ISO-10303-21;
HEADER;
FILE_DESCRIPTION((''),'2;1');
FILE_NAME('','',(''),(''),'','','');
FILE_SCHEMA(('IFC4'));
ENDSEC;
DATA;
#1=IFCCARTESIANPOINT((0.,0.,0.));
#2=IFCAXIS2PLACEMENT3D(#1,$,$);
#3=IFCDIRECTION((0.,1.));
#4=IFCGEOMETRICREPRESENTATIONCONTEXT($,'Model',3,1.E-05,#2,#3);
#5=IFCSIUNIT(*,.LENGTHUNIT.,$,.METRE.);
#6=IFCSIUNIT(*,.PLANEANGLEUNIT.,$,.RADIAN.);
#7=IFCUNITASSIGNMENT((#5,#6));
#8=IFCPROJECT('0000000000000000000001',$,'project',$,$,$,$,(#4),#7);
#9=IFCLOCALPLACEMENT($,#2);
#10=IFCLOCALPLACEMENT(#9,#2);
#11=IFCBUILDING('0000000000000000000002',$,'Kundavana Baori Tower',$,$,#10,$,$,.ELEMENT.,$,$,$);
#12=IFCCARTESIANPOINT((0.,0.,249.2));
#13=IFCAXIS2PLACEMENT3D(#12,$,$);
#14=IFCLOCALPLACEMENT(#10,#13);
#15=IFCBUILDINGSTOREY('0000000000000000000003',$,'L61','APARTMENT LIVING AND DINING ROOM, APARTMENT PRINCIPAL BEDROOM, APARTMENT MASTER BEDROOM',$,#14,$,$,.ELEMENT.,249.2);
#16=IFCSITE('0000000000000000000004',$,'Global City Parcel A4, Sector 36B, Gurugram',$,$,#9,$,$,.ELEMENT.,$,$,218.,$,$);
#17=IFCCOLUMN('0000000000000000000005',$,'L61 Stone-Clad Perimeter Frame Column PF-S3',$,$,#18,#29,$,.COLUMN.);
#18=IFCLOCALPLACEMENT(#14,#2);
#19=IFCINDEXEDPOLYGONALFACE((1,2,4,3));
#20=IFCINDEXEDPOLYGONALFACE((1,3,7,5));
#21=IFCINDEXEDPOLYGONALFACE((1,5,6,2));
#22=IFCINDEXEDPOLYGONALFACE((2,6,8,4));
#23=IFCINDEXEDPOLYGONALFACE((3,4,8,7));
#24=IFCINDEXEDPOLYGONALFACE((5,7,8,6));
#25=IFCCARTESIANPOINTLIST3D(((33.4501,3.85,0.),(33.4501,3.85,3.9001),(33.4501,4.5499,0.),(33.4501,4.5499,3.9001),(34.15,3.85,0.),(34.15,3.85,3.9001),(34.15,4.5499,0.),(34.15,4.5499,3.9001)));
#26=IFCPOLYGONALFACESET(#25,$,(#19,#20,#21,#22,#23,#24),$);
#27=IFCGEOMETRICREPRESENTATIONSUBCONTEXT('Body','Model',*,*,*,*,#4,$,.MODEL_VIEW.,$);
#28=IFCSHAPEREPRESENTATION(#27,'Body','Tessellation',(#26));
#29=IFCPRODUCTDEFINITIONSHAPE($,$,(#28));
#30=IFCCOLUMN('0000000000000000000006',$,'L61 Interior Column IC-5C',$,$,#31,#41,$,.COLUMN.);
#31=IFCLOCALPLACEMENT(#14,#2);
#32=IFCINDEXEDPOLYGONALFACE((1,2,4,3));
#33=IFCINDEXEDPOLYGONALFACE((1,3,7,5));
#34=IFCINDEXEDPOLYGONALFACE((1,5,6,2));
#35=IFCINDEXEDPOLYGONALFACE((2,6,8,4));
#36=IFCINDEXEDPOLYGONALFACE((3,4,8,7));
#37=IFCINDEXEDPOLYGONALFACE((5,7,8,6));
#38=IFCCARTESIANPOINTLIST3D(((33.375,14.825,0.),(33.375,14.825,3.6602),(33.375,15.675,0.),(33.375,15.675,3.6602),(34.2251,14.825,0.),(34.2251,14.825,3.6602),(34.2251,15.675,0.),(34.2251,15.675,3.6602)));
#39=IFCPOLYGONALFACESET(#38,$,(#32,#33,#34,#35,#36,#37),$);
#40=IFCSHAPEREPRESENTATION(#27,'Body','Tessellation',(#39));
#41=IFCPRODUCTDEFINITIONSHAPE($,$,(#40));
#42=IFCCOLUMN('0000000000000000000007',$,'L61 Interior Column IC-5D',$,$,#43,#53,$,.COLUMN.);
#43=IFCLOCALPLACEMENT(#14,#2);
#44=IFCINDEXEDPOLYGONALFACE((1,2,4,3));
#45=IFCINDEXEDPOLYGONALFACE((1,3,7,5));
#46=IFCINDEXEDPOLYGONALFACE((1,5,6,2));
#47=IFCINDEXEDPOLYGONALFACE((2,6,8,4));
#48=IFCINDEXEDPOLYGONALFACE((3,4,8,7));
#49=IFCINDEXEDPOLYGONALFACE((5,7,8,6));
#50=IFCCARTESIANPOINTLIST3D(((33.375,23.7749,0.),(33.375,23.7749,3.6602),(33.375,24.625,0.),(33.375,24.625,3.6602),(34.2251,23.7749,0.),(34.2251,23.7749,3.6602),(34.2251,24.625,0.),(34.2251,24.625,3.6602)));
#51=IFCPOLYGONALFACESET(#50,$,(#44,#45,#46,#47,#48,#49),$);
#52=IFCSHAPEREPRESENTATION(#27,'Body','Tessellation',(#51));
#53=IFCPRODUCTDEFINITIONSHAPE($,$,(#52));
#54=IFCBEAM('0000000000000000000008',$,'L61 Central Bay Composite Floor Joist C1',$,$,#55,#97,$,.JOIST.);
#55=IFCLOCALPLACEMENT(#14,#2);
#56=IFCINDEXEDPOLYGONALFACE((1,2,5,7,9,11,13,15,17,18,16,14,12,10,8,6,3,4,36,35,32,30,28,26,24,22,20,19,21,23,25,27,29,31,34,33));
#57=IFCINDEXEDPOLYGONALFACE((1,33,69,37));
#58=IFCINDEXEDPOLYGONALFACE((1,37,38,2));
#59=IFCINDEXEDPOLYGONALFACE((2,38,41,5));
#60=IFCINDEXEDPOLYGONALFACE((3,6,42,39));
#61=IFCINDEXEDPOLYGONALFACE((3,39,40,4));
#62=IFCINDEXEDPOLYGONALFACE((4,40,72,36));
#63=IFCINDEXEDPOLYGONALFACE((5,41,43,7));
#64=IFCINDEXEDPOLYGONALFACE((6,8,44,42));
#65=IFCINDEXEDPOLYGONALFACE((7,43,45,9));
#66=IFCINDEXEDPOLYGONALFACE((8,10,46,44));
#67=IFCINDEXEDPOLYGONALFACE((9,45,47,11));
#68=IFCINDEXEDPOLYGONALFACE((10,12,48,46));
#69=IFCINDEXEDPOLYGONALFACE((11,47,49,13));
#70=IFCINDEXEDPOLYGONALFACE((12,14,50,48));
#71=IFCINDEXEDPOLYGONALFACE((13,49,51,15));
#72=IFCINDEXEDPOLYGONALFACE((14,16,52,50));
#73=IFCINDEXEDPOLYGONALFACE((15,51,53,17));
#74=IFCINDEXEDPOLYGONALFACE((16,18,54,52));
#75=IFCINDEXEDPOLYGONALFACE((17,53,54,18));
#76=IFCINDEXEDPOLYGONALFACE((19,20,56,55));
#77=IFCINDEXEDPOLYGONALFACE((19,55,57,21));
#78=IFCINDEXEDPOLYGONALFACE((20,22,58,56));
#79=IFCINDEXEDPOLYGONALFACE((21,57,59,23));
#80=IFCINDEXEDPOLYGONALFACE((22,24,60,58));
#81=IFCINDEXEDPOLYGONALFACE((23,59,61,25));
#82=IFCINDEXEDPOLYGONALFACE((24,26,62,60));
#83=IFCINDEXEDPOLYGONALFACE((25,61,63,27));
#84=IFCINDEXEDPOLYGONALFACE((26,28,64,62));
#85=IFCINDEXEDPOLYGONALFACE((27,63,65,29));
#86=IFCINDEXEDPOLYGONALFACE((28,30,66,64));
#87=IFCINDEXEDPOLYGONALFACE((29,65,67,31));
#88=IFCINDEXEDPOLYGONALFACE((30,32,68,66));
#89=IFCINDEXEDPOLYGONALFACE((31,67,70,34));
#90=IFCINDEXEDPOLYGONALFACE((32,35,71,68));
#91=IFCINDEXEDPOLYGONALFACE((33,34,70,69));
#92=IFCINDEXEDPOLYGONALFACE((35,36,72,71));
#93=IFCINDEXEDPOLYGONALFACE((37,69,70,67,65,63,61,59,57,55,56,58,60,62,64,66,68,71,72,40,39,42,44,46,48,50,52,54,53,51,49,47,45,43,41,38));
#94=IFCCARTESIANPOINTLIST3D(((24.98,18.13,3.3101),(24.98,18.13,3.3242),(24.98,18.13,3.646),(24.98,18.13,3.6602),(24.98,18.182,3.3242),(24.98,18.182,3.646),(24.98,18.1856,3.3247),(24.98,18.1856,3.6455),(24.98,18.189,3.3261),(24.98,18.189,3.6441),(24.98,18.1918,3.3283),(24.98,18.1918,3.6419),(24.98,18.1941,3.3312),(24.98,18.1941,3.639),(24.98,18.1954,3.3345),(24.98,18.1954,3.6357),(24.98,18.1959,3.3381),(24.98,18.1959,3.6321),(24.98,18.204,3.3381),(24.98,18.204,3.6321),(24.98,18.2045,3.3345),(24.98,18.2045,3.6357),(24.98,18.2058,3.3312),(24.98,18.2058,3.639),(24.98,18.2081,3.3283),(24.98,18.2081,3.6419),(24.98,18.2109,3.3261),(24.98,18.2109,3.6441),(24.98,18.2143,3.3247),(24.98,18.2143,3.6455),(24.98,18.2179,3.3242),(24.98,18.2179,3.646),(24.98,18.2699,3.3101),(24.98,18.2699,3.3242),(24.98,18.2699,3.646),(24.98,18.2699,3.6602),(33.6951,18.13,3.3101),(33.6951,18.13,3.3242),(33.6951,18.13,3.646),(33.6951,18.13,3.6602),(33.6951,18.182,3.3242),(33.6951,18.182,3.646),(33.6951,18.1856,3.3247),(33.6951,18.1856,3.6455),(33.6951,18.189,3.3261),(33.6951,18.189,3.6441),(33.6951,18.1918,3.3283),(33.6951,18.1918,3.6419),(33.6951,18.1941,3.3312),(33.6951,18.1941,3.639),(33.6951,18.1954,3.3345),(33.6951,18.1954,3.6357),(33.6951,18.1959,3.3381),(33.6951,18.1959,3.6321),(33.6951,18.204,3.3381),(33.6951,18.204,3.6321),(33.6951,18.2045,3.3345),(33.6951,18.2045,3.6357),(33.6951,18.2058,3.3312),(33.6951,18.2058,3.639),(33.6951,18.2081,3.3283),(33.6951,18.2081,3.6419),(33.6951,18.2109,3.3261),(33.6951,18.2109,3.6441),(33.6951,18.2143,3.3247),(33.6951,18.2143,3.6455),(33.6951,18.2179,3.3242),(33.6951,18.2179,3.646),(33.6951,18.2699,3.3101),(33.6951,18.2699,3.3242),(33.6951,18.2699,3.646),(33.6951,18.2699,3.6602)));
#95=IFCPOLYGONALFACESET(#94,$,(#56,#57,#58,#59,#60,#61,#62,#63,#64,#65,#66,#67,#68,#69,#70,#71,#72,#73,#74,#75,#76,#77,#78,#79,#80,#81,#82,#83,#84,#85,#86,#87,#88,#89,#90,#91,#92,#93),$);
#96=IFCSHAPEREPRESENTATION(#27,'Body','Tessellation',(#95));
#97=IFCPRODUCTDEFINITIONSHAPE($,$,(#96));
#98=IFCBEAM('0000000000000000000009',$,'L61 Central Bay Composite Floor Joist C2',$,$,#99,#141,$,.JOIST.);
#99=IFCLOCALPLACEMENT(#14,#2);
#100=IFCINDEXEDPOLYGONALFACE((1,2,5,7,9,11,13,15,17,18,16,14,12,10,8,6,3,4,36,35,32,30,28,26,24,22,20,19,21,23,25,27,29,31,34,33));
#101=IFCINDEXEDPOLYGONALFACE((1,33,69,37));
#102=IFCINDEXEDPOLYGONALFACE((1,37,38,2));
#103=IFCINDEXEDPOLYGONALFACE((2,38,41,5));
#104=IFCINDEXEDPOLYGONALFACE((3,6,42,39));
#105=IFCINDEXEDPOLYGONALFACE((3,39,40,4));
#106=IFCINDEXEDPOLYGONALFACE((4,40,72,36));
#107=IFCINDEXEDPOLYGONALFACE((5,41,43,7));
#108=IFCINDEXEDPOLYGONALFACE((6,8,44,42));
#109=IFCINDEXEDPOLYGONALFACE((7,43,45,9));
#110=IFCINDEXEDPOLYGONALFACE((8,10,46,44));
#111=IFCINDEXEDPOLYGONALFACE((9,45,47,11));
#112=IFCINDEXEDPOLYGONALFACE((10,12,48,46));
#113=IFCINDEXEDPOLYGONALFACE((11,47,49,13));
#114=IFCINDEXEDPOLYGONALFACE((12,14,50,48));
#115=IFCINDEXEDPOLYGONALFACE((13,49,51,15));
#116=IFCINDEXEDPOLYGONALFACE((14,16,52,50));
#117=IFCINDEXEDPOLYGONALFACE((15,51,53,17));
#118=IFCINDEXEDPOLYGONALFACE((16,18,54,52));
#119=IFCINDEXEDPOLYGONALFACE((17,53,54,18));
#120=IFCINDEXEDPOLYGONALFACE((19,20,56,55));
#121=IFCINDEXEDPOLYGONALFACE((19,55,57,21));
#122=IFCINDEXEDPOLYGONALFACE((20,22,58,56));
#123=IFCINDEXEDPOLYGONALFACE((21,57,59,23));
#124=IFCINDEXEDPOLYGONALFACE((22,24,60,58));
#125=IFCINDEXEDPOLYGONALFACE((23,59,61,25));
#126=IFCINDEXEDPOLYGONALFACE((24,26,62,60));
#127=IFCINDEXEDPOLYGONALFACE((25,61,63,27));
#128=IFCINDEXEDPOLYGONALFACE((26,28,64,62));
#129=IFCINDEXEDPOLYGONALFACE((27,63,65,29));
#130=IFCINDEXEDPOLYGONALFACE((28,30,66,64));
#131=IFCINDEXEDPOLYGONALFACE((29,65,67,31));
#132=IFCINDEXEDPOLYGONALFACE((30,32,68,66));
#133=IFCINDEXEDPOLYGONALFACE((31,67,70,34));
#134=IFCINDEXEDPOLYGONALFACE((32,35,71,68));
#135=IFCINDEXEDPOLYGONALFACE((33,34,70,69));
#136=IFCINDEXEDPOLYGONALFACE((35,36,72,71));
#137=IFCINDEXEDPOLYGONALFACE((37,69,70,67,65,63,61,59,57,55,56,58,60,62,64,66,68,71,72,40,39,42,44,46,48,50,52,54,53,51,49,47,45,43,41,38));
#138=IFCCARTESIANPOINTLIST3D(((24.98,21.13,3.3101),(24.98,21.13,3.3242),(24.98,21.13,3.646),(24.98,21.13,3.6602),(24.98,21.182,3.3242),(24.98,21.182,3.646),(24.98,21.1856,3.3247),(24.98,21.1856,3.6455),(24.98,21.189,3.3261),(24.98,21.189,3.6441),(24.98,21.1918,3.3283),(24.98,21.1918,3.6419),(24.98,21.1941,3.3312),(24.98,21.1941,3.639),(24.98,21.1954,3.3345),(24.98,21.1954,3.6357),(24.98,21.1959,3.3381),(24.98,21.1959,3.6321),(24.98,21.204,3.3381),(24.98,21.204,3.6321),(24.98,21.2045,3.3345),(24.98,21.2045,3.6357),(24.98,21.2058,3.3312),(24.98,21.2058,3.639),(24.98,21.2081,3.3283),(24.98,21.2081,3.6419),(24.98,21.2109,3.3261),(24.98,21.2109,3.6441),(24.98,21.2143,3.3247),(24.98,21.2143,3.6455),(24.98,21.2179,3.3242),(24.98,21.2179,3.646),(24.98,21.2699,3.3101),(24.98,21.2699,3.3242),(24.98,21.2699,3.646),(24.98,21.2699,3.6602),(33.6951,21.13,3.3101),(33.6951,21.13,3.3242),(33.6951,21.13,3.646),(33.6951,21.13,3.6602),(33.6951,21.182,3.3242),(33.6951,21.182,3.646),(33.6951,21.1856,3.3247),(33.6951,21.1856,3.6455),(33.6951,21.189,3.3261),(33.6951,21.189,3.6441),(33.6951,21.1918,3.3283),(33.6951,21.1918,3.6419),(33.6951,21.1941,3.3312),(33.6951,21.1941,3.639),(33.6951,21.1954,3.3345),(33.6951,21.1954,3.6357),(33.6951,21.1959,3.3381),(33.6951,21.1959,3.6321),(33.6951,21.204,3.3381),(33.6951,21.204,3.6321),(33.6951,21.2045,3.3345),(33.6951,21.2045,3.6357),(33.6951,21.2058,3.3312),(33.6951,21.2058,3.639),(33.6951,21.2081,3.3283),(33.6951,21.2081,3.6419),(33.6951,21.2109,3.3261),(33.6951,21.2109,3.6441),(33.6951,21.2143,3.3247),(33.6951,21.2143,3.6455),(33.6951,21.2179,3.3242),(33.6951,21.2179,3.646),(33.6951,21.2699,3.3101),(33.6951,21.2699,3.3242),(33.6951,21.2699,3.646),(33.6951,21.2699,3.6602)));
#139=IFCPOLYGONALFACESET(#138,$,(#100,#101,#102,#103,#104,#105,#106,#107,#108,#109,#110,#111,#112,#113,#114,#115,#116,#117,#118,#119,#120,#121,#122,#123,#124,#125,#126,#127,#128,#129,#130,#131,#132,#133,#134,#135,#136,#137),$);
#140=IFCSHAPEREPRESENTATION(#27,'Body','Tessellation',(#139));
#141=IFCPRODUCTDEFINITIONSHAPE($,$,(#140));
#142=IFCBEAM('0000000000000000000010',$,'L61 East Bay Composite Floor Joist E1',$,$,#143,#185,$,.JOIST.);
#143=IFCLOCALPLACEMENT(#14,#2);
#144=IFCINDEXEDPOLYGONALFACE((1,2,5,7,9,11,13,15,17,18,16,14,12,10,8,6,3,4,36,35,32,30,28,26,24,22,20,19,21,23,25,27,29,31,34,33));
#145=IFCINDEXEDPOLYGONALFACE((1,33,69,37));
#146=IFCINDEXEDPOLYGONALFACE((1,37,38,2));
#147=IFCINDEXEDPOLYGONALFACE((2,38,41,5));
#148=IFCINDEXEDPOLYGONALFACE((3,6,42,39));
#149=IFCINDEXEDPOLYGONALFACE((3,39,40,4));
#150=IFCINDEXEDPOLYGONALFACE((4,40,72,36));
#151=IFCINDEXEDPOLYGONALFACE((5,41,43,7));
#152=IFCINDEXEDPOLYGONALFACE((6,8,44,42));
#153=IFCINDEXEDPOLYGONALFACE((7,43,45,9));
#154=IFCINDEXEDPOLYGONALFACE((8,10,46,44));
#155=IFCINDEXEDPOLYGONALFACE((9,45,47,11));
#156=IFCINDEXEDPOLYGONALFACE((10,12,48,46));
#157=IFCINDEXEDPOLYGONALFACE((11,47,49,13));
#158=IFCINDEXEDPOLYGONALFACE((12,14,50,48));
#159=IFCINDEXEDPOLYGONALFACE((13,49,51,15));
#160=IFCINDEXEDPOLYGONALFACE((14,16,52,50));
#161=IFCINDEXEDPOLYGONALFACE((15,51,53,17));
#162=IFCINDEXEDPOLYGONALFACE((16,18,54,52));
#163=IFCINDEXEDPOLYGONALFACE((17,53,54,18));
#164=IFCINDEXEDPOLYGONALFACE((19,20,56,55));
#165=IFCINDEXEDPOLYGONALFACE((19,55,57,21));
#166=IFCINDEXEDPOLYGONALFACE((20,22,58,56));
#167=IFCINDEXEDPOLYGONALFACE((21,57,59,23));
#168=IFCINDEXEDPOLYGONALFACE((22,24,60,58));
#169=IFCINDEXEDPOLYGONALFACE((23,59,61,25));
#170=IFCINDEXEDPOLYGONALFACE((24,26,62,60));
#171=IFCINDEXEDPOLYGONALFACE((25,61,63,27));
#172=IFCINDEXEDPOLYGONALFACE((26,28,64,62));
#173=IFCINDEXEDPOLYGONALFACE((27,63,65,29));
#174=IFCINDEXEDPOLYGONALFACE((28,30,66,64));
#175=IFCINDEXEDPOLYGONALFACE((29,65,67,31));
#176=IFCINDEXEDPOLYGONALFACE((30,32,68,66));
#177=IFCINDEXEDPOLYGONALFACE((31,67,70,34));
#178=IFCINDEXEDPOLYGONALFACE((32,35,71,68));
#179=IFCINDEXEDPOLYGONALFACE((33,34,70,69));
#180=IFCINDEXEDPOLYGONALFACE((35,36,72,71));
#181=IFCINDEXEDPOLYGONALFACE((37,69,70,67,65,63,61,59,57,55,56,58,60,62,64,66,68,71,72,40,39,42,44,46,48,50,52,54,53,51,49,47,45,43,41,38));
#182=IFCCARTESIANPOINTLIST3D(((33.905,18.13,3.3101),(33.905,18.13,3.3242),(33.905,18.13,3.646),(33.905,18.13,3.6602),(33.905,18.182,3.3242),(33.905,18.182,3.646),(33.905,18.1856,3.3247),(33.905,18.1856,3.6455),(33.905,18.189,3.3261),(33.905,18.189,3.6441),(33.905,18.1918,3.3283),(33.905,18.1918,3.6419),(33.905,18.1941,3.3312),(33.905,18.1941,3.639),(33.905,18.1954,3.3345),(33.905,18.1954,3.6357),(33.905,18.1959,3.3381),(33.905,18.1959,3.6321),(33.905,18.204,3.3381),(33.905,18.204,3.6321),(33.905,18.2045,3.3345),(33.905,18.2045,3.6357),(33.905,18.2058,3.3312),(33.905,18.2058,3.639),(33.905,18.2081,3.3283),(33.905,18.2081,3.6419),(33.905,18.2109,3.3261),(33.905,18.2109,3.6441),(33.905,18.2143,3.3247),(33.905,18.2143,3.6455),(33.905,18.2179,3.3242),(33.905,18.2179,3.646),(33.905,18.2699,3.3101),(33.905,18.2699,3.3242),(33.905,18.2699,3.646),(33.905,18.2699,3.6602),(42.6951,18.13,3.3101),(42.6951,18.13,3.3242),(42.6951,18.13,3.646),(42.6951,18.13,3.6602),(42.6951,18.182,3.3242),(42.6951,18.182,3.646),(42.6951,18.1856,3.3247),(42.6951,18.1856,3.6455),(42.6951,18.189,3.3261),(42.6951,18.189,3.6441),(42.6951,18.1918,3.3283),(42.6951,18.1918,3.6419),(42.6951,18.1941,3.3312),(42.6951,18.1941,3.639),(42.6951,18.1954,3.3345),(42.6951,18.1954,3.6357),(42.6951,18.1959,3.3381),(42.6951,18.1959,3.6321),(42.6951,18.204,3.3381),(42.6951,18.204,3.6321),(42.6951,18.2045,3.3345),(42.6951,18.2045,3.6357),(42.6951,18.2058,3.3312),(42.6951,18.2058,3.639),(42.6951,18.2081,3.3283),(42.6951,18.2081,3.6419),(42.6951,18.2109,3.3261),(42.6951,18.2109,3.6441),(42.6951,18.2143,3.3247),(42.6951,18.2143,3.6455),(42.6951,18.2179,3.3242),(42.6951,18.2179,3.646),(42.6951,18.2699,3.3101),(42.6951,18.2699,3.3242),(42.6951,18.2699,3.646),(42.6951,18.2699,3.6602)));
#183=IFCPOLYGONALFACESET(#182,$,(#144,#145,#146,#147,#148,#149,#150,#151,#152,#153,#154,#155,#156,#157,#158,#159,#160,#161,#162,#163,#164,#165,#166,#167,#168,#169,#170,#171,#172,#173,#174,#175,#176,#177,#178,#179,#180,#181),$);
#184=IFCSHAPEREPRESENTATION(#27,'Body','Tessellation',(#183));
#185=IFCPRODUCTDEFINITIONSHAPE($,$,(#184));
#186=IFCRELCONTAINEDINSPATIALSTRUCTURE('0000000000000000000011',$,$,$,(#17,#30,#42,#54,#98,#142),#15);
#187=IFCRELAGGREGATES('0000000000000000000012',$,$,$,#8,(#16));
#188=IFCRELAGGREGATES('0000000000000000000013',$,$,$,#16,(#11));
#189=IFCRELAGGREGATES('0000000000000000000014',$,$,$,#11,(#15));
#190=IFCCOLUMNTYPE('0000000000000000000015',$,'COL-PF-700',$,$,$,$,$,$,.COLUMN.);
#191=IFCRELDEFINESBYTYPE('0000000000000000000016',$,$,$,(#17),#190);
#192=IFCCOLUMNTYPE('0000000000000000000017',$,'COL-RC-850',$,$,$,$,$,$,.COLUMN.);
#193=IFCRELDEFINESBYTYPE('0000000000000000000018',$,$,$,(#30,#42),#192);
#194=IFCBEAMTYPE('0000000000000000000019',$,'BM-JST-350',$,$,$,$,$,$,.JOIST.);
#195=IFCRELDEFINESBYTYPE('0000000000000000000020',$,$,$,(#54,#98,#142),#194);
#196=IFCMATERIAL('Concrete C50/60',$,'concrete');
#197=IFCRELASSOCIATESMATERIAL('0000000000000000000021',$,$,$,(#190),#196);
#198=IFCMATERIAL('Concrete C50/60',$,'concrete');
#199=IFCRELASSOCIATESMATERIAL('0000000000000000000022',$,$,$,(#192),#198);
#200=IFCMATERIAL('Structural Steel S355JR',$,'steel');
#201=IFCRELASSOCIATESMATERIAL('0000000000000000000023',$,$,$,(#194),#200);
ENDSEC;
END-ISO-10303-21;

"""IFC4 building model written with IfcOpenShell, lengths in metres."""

from ifc_helpers import new_model, si_unit, direction, frame, origin, origin_2d, place, context, subcontext, project, spatial, rectangle, i_section, extrude, material, material_profile, profile_set, type_object, element, save


model = new_model("IFC4")

# Units and contexts
model_context = context("Model", 3, precision=1e-05, world=origin(), true_north=direction((0.0, 1.0)))
body_context = subcontext(model_context, "Body", "Model", "MODEL_VIEW")
ifc_project = project(units=[si_unit("LENGTHUNIT", "METRE"), si_unit("PLANEANGLEUNIT", "RADIAN")], contexts=[model_context])

# Site, building, storey
site_placement = place(None, origin())
site = spatial("IfcSite", under=ifc_project, at=site_placement, Name="Global City Parcel A4, Sector 36B, Gurugram", CompositionType="ELEMENT", RefElevation=218.0)
building_placement = place(site_placement, origin())
building = spatial("IfcBuilding", under=site, at=building_placement, Name="Kundavana Baori Tower", CompositionType="ELEMENT")
storey_placement = place(building_placement, frame((0.0, 0.0, 249.2)))
storey = spatial("IfcBuildingStorey", under=building, at=storey_placement, Name="L61", Description="APARTMENT LIVING AND DINING ROOM, APARTMENT PRINCIPAL BEDROOM, APARTMENT MASTER BEDROOM", CompositionType="ELEMENT", Elevation=249.2)

# Columns
ifc_material_1 = material(Name="Concrete C50/60", Category="concrete")
ifc_material_profile_1 = material_profile(ifc_material_1, rectangle(XDim=0.7, YDim=0.7, at=origin_2d()), Name="RC PF 700x700")
ifc_profile_set_1 = profile_set([ifc_material_profile_1], Name="Concrete C50/60")
column_type_1 = type_object("IfcColumnType", Name="COL-PF-700", PredefinedType="COLUMN", material=ifc_profile_set_1)
column_placement = place(storey_placement, frame((33.8, 4.2, 0.0), z_axis=(0.0, 0.0, 1.0), x_axis=(1.0, 0.0, 0.0)))
element("IfcColumn", 1, at=column_placement, inside=storey, type_object=column_type_1, Name="L61 Stone-Clad Perimeter Frame Column PF-S3", PredefinedType="COLUMN", context=body_context, shape_type="SweptSolid", body=[
    extrude(rectangle(XDim=0.7, YDim=0.7, at=origin_2d()), origin(), (0.0, 0.0, 1.0), 3.9001),
])
ifc_material_2 = material(Name="Concrete C50/60", Category="concrete")
ifc_material_profile_2 = material_profile(ifc_material_2, rectangle(XDim=0.8501, YDim=0.8501, at=origin_2d()), Name="RC 850x850")
ifc_profile_set_2 = profile_set([ifc_material_profile_2], Name="Concrete C50/60")
column_type_2 = type_object("IfcColumnType", Name="COL-RC-850", PredefinedType="COLUMN", material=ifc_profile_set_2)
for number, where, z_axis, x_axis, name in (
    (2, (33.8, 15.25, 0.0), (0.0, 0.0, 1.0), (1.0, 0.0, 0.0), "L61 Interior Column IC-5C"),
    (3, (33.8, 24.2, 0.0), (0.0, 0.0, 1.0), (1.0, 0.0, 0.0), "L61 Interior Column IC-5D"),
):
    element("IfcColumn", number, at=place(storey_placement, frame(where, z_axis=z_axis, x_axis=x_axis)), inside=storey, type_object=column_type_2, Name=name, PredefinedType="COLUMN", context=body_context, shape_type="SweptSolid", body=[
        extrude(rectangle(XDim=0.8501, YDim=0.8501, at=origin_2d()), origin(), (0.0, 0.0, 1.0), 3.6602),
    ])

# Beams
ifc_material_3 = material(Name="Structural Steel S355JR", Category="steel")
ifc_material_profile_3 = material_profile(ifc_material_3, i_section(OverallWidth=0.1399, OverallDepth=0.3501, WebThickness=0.0081, FlangeThickness=0.0142, FilletRadius=0.0139, at=origin_2d()), Name="ISMB 350")
ifc_profile_set_3 = profile_set([ifc_material_profile_3], Name="Structural Steel S355JR")
beam_type_1 = type_object("IfcBeamType", Name="BM-JST-350", PredefinedType="JOIST", material=ifc_profile_set_3)
for number, where, z_axis, x_axis, name in (
    (4, (24.98, 18.2, 3.4851), (1.0, 0.0, 0.0), (0.0, 1.0, 0.0), "L61 Central Bay Composite Floor Joist C1"),
    (5, (24.98, 21.2, 3.4851), (1.0, 0.0, 0.0), (0.0, 1.0, 0.0), "L61 Central Bay Composite Floor Joist C2"),
):
    element("IfcBeam", number, at=place(storey_placement, frame(where, z_axis=z_axis, x_axis=x_axis)), inside=storey, type_object=beam_type_1, Name=name, PredefinedType="JOIST", context=body_context, shape_type="SweptSolid", body=[
        extrude(i_section(OverallWidth=0.1399, OverallDepth=0.3501, WebThickness=0.0081, FlangeThickness=0.0142, FilletRadius=0.0139, at=origin_2d()), origin(), (0.0, 0.0, 1.0), 8.7151),
    ])
for number, where, z_axis, x_axis, name in (
    (6, (33.905, 18.2, 3.4851), (1.0, 0.0, 0.0), (0.0, 1.0, 0.0), "L61 East Bay Composite Floor Joist E1"),
):
    element("IfcBeam", number, at=place(storey_placement, frame(where, z_axis=z_axis, x_axis=x_axis)), inside=storey, type_object=beam_type_1, Name=name, PredefinedType="JOIST", context=body_context, shape_type="SweptSolid", body=[
        extrude(i_section(OverallWidth=0.1399, OverallDepth=0.3501, WebThickness=0.0081, FlangeThickness=0.0142, FilletRadius=0.0139, at=origin_2d()), origin(), (0.0, 0.0, 1.0), 8.79),
    ])

save(model, "model.ifc")
